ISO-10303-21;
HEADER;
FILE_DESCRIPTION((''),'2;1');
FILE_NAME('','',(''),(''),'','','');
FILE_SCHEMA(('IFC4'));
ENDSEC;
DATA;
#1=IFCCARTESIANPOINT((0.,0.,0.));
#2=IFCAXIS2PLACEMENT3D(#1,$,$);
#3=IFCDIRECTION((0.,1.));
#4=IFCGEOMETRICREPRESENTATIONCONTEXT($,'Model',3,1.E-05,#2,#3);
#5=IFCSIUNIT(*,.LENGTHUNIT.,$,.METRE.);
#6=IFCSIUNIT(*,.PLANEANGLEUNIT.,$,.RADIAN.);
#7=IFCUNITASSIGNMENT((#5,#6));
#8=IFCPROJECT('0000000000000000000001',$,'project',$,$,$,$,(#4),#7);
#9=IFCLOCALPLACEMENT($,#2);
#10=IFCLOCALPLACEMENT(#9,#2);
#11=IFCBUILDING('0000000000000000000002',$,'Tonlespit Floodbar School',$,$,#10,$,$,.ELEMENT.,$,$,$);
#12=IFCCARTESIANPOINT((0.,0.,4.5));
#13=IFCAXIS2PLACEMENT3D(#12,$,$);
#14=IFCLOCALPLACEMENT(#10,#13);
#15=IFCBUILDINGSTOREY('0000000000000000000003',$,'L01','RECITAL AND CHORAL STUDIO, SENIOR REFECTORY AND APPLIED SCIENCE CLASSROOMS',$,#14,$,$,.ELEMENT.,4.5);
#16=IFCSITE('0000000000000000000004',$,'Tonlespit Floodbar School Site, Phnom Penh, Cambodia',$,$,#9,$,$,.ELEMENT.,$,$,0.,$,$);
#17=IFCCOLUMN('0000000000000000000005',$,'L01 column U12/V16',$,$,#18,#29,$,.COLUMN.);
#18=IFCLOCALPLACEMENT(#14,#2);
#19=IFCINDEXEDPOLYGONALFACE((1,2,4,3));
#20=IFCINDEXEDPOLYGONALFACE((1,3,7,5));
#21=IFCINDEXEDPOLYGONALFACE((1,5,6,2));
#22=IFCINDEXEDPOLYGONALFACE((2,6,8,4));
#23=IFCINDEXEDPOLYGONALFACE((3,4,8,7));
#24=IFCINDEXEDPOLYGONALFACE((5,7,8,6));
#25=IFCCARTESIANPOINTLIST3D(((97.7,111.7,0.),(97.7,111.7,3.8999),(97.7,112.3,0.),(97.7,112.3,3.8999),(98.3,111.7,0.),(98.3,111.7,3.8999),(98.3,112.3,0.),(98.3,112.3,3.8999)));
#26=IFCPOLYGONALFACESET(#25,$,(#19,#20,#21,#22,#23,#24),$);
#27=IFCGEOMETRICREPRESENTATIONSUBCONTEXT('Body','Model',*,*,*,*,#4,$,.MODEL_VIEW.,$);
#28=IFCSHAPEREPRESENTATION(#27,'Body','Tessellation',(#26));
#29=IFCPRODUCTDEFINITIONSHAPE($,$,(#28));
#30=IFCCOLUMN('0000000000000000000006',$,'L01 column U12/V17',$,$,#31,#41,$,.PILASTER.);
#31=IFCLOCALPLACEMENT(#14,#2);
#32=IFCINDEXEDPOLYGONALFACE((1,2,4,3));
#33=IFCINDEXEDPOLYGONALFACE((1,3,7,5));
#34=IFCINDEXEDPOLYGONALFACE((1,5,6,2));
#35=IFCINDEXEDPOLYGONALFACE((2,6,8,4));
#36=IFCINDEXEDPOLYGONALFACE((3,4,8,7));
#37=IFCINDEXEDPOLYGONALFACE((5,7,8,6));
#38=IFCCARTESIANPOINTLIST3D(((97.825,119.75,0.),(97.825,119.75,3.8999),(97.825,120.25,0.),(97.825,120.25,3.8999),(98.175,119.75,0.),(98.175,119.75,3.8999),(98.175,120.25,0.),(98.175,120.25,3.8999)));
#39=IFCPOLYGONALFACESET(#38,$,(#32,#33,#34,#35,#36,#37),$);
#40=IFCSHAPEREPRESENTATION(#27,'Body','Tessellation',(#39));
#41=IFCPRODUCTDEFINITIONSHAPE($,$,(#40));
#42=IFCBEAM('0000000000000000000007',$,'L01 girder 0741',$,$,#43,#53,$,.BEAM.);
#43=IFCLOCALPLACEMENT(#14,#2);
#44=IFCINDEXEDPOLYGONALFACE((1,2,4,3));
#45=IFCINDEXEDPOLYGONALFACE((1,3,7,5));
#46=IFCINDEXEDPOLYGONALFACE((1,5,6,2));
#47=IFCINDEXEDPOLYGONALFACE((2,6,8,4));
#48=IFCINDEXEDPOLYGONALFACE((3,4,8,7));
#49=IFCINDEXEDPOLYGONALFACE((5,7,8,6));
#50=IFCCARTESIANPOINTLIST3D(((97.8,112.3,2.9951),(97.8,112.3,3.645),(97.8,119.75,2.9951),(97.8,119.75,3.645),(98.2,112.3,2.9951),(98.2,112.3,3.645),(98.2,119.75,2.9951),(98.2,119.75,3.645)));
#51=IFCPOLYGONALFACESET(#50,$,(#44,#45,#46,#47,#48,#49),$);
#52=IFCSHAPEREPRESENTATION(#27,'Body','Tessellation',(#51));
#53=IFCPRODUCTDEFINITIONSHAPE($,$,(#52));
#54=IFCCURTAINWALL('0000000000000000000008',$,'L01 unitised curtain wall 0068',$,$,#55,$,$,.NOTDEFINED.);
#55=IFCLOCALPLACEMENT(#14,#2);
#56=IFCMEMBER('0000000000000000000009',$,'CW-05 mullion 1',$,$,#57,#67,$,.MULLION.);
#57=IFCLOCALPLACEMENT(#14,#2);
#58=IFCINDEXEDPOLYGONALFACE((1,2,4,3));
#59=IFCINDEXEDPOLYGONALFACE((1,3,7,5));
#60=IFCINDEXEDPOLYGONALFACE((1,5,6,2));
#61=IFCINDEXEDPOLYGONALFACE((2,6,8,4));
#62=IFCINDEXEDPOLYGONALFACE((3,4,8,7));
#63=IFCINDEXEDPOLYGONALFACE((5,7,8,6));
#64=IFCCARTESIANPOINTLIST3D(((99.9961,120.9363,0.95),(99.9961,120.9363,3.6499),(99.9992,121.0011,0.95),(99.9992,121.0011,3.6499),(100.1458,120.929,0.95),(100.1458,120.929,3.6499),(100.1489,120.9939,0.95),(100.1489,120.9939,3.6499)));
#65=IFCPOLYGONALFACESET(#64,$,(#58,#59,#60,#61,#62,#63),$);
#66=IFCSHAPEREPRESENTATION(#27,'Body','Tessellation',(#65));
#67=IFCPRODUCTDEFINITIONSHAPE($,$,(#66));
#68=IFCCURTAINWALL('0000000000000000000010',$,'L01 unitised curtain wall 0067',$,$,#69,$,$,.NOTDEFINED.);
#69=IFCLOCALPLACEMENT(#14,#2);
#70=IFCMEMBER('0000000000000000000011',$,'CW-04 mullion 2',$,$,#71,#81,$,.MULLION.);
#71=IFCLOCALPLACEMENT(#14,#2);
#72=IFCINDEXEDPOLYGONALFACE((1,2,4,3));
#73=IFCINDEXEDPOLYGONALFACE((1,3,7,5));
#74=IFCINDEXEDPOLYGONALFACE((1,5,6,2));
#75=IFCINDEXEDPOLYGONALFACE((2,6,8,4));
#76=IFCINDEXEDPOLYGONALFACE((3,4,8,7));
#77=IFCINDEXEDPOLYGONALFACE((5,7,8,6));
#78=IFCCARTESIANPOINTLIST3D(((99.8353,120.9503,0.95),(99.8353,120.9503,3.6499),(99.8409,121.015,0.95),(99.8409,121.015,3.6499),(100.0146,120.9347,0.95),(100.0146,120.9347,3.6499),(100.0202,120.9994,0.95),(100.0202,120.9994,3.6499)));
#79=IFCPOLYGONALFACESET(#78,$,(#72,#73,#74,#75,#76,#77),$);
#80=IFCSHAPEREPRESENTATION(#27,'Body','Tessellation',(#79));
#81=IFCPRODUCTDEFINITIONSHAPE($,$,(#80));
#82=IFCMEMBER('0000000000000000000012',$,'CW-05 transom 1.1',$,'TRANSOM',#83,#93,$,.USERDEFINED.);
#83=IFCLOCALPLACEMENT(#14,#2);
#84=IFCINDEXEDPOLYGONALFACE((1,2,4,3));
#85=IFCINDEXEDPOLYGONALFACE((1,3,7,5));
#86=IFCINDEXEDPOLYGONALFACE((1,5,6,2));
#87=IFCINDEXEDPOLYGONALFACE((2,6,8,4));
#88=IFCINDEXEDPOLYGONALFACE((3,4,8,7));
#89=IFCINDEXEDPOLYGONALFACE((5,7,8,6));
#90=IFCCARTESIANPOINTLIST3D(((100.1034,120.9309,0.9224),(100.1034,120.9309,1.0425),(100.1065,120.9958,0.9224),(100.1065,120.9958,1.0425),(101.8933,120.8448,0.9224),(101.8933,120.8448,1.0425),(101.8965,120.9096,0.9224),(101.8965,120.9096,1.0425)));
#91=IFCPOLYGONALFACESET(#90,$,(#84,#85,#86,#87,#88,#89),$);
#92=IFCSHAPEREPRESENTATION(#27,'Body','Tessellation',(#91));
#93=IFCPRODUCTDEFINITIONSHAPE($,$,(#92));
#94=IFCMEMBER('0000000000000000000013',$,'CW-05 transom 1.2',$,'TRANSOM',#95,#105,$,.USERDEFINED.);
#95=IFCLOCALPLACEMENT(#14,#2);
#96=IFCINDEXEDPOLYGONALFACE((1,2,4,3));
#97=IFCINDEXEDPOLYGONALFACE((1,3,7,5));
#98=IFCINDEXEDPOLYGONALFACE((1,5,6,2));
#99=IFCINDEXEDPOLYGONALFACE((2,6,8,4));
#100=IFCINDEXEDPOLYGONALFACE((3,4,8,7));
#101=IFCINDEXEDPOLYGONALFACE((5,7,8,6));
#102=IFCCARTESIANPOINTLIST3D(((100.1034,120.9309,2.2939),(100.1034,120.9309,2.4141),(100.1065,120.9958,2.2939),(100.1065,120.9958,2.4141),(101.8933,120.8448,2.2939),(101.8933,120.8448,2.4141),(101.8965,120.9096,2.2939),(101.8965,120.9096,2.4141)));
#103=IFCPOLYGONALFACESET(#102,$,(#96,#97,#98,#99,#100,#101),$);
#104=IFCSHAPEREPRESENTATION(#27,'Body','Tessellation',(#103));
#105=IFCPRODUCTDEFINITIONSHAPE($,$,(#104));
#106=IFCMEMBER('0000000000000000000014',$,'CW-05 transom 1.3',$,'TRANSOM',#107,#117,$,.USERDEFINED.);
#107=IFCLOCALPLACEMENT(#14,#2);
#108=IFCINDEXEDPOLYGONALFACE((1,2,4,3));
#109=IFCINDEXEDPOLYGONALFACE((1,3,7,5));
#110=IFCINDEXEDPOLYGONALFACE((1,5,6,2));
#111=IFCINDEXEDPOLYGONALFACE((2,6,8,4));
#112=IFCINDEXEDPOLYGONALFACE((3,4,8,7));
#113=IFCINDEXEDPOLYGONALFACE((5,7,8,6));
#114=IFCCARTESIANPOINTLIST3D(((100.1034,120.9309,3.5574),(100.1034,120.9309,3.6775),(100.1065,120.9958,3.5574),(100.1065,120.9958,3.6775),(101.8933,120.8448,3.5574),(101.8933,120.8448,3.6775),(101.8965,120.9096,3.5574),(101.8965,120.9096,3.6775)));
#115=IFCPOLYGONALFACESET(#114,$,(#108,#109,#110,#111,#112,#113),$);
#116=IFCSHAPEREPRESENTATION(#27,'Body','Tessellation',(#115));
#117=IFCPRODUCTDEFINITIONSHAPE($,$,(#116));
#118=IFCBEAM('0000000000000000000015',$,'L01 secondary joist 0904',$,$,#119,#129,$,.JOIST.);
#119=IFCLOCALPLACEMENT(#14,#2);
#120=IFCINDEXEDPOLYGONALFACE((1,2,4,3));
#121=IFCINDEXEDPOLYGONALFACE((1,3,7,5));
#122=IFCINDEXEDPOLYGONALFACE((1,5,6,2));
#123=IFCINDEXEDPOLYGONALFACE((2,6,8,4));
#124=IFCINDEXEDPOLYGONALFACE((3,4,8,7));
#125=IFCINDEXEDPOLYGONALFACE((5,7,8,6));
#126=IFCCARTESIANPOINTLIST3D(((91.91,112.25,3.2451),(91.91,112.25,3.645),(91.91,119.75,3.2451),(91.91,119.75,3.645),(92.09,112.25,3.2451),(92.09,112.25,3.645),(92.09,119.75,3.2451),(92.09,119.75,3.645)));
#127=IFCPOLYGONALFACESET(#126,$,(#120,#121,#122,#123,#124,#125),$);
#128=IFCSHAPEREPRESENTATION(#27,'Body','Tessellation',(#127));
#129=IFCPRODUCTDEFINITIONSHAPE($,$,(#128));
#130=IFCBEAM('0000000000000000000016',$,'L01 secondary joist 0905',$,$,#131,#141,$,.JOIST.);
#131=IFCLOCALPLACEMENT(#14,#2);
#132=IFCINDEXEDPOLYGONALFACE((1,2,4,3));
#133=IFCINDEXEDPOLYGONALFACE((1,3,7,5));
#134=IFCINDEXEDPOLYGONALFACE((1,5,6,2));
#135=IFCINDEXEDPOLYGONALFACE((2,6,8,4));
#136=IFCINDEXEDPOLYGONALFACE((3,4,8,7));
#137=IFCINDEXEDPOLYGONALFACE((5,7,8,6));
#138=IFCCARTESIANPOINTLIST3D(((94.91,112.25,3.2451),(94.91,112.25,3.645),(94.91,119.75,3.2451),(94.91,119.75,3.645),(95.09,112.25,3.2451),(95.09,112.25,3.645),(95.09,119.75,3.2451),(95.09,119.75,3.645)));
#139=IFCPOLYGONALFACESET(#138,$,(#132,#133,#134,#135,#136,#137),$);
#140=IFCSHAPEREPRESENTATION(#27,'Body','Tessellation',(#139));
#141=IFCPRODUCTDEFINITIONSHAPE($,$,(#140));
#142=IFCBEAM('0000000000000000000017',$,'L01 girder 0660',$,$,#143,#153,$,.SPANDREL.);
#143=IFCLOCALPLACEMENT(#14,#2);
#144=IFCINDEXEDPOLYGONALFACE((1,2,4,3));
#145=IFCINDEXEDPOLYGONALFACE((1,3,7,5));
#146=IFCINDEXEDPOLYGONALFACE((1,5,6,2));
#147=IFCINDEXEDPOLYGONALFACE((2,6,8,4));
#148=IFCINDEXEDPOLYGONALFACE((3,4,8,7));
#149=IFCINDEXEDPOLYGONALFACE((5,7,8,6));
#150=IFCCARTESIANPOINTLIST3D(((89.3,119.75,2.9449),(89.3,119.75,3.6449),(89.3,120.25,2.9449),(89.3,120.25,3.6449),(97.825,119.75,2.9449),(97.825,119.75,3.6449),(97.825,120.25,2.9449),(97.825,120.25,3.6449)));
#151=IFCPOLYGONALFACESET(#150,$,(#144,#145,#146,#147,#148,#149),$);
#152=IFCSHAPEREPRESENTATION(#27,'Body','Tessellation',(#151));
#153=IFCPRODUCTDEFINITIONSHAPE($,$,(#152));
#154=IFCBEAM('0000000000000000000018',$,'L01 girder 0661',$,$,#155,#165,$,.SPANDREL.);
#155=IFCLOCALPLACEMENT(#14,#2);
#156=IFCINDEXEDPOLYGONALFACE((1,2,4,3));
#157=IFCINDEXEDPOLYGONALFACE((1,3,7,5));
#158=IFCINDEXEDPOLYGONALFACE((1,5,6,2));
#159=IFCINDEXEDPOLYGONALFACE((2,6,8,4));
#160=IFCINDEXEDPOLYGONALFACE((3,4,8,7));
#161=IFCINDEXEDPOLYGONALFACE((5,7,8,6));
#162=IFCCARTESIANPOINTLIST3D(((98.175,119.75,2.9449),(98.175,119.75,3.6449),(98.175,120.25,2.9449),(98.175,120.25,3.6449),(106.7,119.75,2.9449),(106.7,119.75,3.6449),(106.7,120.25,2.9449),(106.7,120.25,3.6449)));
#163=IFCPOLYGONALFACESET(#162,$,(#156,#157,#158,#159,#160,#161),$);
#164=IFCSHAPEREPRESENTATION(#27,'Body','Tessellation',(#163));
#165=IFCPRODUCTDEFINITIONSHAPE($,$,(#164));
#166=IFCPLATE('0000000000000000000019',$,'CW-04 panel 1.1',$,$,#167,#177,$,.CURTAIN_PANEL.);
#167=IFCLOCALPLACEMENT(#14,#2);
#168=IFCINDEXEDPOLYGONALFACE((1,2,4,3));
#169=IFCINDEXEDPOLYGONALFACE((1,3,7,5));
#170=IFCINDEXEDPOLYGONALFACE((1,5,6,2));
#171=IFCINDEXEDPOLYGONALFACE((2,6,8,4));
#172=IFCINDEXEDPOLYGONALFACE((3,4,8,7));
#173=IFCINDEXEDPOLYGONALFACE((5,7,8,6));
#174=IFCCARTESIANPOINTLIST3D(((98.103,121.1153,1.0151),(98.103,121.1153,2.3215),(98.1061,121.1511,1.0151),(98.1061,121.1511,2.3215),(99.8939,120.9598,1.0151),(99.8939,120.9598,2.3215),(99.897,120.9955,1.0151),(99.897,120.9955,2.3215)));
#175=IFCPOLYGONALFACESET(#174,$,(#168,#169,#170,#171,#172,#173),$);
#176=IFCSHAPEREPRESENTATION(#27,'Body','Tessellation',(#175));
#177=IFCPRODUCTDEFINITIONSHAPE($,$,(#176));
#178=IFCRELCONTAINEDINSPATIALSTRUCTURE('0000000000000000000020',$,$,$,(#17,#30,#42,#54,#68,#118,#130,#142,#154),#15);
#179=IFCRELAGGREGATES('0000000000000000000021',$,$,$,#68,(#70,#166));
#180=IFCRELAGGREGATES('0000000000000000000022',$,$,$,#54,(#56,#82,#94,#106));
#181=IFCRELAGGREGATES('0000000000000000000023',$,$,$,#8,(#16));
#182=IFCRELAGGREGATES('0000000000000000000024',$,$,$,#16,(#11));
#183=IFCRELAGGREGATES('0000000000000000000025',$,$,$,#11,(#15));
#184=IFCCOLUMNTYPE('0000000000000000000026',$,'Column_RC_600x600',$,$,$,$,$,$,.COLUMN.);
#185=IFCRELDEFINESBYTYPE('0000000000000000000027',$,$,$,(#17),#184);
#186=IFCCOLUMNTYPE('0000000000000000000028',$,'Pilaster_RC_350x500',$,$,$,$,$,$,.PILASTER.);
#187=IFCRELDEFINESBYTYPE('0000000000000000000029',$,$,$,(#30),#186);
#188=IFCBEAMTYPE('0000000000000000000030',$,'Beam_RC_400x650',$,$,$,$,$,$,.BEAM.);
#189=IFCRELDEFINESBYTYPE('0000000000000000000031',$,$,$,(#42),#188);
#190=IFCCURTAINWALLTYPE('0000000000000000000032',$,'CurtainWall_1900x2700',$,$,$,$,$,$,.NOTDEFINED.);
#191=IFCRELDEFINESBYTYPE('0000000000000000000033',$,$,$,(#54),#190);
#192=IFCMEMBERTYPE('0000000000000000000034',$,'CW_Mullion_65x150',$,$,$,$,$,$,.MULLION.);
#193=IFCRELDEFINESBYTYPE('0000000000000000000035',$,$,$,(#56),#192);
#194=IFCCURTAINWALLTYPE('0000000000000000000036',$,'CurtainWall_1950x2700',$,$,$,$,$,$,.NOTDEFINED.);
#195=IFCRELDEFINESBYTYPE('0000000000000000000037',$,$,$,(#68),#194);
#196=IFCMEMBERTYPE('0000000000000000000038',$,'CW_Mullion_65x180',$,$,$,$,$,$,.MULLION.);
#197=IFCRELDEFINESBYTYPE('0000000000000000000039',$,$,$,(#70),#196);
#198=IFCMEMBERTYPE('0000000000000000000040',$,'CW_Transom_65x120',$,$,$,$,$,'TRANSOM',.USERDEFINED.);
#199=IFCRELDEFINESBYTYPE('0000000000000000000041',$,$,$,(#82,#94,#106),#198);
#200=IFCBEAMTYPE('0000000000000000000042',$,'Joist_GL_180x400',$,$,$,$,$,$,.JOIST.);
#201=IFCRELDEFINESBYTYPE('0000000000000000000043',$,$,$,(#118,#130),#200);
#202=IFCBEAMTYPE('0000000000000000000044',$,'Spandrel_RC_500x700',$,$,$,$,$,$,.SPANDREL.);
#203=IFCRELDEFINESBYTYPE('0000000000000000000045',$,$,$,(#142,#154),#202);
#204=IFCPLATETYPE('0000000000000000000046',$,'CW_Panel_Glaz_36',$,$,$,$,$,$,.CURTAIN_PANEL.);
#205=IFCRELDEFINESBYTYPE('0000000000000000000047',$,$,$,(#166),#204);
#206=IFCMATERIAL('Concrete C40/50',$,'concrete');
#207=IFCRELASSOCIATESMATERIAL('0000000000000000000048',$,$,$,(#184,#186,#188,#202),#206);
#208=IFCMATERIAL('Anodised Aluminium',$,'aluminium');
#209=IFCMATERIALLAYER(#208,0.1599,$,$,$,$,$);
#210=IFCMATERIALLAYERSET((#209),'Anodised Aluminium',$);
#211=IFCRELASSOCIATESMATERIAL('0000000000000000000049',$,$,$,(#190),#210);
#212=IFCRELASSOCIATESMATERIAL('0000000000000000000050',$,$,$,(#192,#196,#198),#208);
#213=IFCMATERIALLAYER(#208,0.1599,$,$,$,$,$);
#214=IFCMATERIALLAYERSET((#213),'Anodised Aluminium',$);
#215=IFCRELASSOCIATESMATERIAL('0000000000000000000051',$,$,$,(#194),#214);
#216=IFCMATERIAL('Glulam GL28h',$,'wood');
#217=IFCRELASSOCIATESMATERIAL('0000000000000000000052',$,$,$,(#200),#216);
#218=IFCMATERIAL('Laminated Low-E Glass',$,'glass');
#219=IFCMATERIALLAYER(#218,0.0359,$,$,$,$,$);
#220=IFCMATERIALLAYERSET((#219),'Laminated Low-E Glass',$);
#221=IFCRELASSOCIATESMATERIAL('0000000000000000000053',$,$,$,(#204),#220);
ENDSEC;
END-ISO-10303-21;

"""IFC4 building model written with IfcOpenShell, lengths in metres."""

from ifc_helpers import new_model, si_unit, direction, frame, origin, origin_2d, place, context, subcontext, project, spatial, rectangle, extrude, material, layer, layer_set, material_profile, profile_set, type_object, element, aggregate, save


model = new_model("IFC4")

# Units and contexts
model_context = context("Model", 3, precision=1e-05, world=origin(), true_north=direction((0.0, 1.0)))
body_context = subcontext(model_context, "Body", "Model", "MODEL_VIEW")
ifc_project = project(units=[si_unit("LENGTHUNIT", "METRE"), si_unit("PLANEANGLEUNIT", "RADIAN")], contexts=[model_context])

# Site, building, storey
site_placement = place(None, origin())
site = spatial("IfcSite", under=ifc_project, at=site_placement, Name="Tonlespit Floodbar School Site, Phnom Penh, Cambodia", CompositionType="ELEMENT", RefElevation=0.0)
building_placement = place(site_placement, origin())
building = spatial("IfcBuilding", under=site, at=building_placement, Name="Tonlespit Floodbar School", CompositionType="ELEMENT")
storey_placement = place(building_placement, frame((0.0, 0.0, 4.5)))
storey = spatial("IfcBuildingStorey", under=building, at=storey_placement, Name="L01", Description="RECITAL AND CHORAL STUDIO, SENIOR REFECTORY AND APPLIED SCIENCE CLASSROOMS", CompositionType="ELEMENT", Elevation=4.5)

# Columns
ifc_material_1 = material(Name="Concrete C40/50", Category="concrete")
ifc_material_profile_1 = material_profile(ifc_material_1, rectangle(XDim=0.6001, YDim=0.6001, at=origin_2d()), Name="RC 600x600")
ifc_profile_set_1 = profile_set([ifc_material_profile_1], Name="Concrete C40/50")
column_type_1 = type_object("IfcColumnType", Name="Column_RC_600x600", PredefinedType="COLUMN", material=ifc_profile_set_1)
column_1_placement = place(storey_placement, frame((98.0, 112.0, 0.0), z_axis=(0.0, 0.0, 1.0), x_axis=(1.0, 0.0, 0.0)))
element("IfcColumn", 1, at=column_1_placement, inside=storey, type_object=column_type_1, Name="L01 column U12/V16", PredefinedType="COLUMN", context=body_context, shape_type="SweptSolid", body=[
    extrude(rectangle(XDim=0.6001, YDim=0.6001, at=origin_2d()), origin(), (0.0, 0.0, 1.0), 3.8999),
])
ifc_material_profile_2 = material_profile(ifc_material_1, rectangle(XDim=0.3501, YDim=0.5, at=origin_2d()), Name="RC 350x500")
ifc_profile_set_2 = profile_set([ifc_material_profile_2], Name="Concrete C40/50")
column_type_2 = type_object("IfcColumnType", Name="Pilaster_RC_350x500", PredefinedType="PILASTER", material=ifc_profile_set_2)
column_2_placement = place(storey_placement, frame((98.0, 120.0, 0.0), z_axis=(0.0, 0.0, 1.0), x_axis=(1.0, 0.0, 0.0)))
element("IfcColumn", 2, at=column_2_placement, inside=storey, type_object=column_type_2, Name="L01 column U12/V17", PredefinedType="PILASTER", context=body_context, shape_type="SweptSolid", body=[
    extrude(rectangle(XDim=0.3501, YDim=0.5, at=origin_2d()), origin(), (0.0, 0.0, 1.0), 3.8999),
])

# Beam
ifc_material_profile_3 = material_profile(ifc_material_1, rectangle(XDim=0.3999, YDim=0.6499, at=origin_2d()), Name="RC 400x650")
ifc_profile_set_3 = profile_set([ifc_material_profile_3], Name="Concrete C40/50")
beam_type_1 = type_object("IfcBeamType", Name="Beam_RC_400x650", PredefinedType="BEAM", material=ifc_profile_set_3)
beam_placement = place(storey_placement, frame((98.0, 112.3, 3.3201), z_axis=(0.0, 1.0, 0.0), x_axis=(-1.0, 0.0, 0.0)))
element("IfcBeam", 3, at=beam_placement, inside=storey, type_object=beam_type_1, Name="L01 girder 0741", PredefinedType="BEAM", context=body_context, shape_type="SweptSolid", body=[
    extrude(rectangle(XDim=0.3999, YDim=0.6499, at=origin_2d()), origin(), (0.0, 0.0, 1.0), 7.45),
])

# Curtain walls, members
ifc_material_2 = material(Name="Anodised Aluminium", Category="aluminium")
ifc_layer_1 = layer(ifc_material_2, 0.1599)
ifc_layer_set_1 = layer_set([ifc_layer_1], Name="Anodised Aluminium")
curtain_wall_type_1 = type_object("IfcCurtainWallType", Name="CurtainWall_1900x2700", PredefinedType="NOTDEFINED", material=ifc_layer_set_1)
curtain_wall_1_placement = place(storey_placement, origin())
curtain_wall_1 = element("IfcCurtainWall", 4, at=curtain_wall_1_placement, inside=storey, type_object=curtain_wall_type_1, Name="L01 unitised curtain wall 0068", PredefinedType="NOTDEFINED")
ifc_material_profile_4 = material_profile(ifc_material_2, rectangle(XDim=0.0649, YDim=0.1499, at=origin_2d()), Name="ALU M65x150")
ifc_profile_set_4 = profile_set([ifc_material_profile_4], Name="Anodised Aluminium")
member_type_1 = type_object("IfcMemberType", Name="CW_Mullion_65x150", PredefinedType="MULLION", material=ifc_profile_set_4)
member_1_placement = place(storey_placement, frame((100.0725, 120.9651, 0.95), z_axis=(0.0, 0.0, 1.0), x_axis=(0.048121, 0.998842, 0.0)))
member_1 = element("IfcMember", 5, at=member_1_placement, type_object=member_type_1, Name="CW-05 mullion 1", PredefinedType="MULLION", context=body_context, shape_type="SweptSolid", body=[
    extrude(rectangle(XDim=0.0649, YDim=0.1499, at=origin_2d()), origin(), (0.0, 0.0, 1.0), 2.7),
])
ifc_layer_2 = layer(ifc_material_2, 0.1599)
ifc_layer_set_2 = layer_set([ifc_layer_2], Name="Anodised Aluminium")
curtain_wall_type_2 = type_object("IfcCurtainWallType", Name="CurtainWall_1950x2700", PredefinedType="NOTDEFINED", material=ifc_layer_set_2)
curtain_wall_2_placement = place(storey_placement, origin())
curtain_wall_2 = element("IfcCurtainWall", 6, at=curtain_wall_2_placement, inside=storey, type_object=curtain_wall_type_2, Name="L01 unitised curtain wall 0067", PredefinedType="NOTDEFINED")
ifc_material_profile_5 = material_profile(ifc_material_2, rectangle(XDim=0.0649, YDim=0.1799, at=origin_2d()), Name="ALU M65x180")
ifc_profile_set_5 = profile_set([ifc_material_profile_5], Name="Anodised Aluminium")
member_type_2 = type_object("IfcMemberType", Name="CW_Mullion_65x180", PredefinedType="MULLION", material=ifc_profile_set_5)
member_2_placement = place(storey_placement, frame((99.9277, 120.9749, 0.95), z_axis=(0.0, 0.0, 1.0), x_axis=(0.086531, 0.996249, 0.0)))
member_2 = element("IfcMember", 7, at=member_2_placement, type_object=member_type_2, Name="CW-04 mullion 2", PredefinedType="MULLION", context=body_context, shape_type="SweptSolid", body=[
    extrude(rectangle(XDim=0.0649, YDim=0.1799, at=origin_2d()), origin(), (0.0, 0.0, 1.0), 2.7),
])

# Members
ifc_material_profile_6 = material_profile(ifc_material_2, rectangle(XDim=0.0649, YDim=0.1201, at=origin_2d()), Name="ALU T65x120")
ifc_profile_set_6 = profile_set([ifc_material_profile_6], Name="Anodised Aluminium")
member_type_3 = type_object("IfcMemberType", Name="CW_Transom_65x120", ElementType="TRANSOM", PredefinedType="USERDEFINED", material=ifc_profile_set_6)
member_3_placement = place(storey_placement, frame((100.105, 120.9634, 0.9824), z_axis=(0.998843, -0.048089, 0.0), x_axis=(0.048089, 0.998843, 0.0)))
member_3 = element("IfcMember", 8, at=member_3_placement, type_object=member_type_3, Name="CW-05 transom 1.1", ObjectType="TRANSOM", PredefinedType="USERDEFINED", context=body_context, shape_type="SweptSolid", body=[
    extrude(rectangle(XDim=0.0649, YDim=0.1201, at=origin_2d()), origin(), (0.0, 0.0, 1.0), 1.792),
])
member_4_placement = place(storey_placement, frame((100.105, 120.9634, 2.354), z_axis=(0.998843, -0.048089, 0.0), x_axis=(0.048089, 0.998843, 0.0)))
member_4 = element("IfcMember", 9, at=member_4_placement, type_object=member_type_3, Name="CW-05 transom 1.2", ObjectType="TRANSOM", PredefinedType="USERDEFINED", context=body_context, shape_type="SweptSolid", body=[
    extrude(rectangle(XDim=0.0649, YDim=0.1201, at=origin_2d()), origin(), (0.0, 0.0, 1.0), 1.792),
])
member_5_placement = place(storey_placement, frame((100.105, 120.9634, 3.6174), z_axis=(0.998843, -0.048089, 0.0), x_axis=(0.048089, 0.998843, 0.0)))
member_5 = element("IfcMember", 10, at=member_5_placement, type_object=member_type_3, Name="CW-05 transom 1.3", ObjectType="TRANSOM", PredefinedType="USERDEFINED", context=body_context, shape_type="SweptSolid", body=[
    extrude(rectangle(XDim=0.0649, YDim=0.1201, at=origin_2d()), origin(), (0.0, 0.0, 1.0), 1.792),
])

# Beams
ifc_material_3 = material(Name="Glulam GL28h", Category="wood")
ifc_material_profile_7 = material_profile(ifc_material_3, rectangle(XDim=0.1799, YDim=0.3999, at=origin_2d()), Name="GL 180x400")
ifc_profile_set_7 = profile_set([ifc_material_profile_7], Name="Glulam GL28h")
beam_type_2 = type_object("IfcBeamType", Name="Joist_GL_180x400", PredefinedType="JOIST", material=ifc_profile_set_7)
for number, where, z_axis, x_axis, name in (
    (11, (92.0, 112.25, 3.4451), (0.0, 1.0, 0.0), (-1.0, 0.0, 0.0), "L01 secondary joist 0904"),
    (12, (95.0, 112.25, 3.4451), (0.0, 1.0, 0.0), (-1.0, 0.0, 0.0), "L01 secondary joist 0905"),
):
    element("IfcBeam", number, at=place(storey_placement, frame(where, z_axis=z_axis, x_axis=x_axis)), inside=storey, type_object=beam_type_2, Name=name, PredefinedType="JOIST", context=body_context, shape_type="SweptSolid", body=[
        extrude(rectangle(XDim=0.1799, YDim=0.3999, at=origin_2d()), origin(), (0.0, 0.0, 1.0), 7.5),
    ])
ifc_material_profile_8 = material_profile(ifc_material_1, rectangle(XDim=0.5, YDim=0.7, at=origin_2d()), Name="RC 500x700")
ifc_profile_set_8 = profile_set([ifc_material_profile_8], Name="Concrete C40/50")
beam_type_3 = type_object("IfcBeamType", Name="Spandrel_RC_500x700", PredefinedType="SPANDREL", material=ifc_profile_set_8)
for number, where, z_axis, x_axis, name in (
    (13, (89.3, 120.0, 3.2949), (1.0, 0.0, 0.0), (0.0, 1.0, 0.0), "L01 girder 0660"),
    (14, (98.175, 120.0, 3.2949), (1.0, 0.0, 0.0), (0.0, 1.0, 0.0), "L01 girder 0661"),
):
    element("IfcBeam", number, at=place(storey_placement, frame(where, z_axis=z_axis, x_axis=x_axis)), inside=storey, type_object=beam_type_3, Name=name, PredefinedType="SPANDREL", context=body_context, shape_type="SweptSolid", body=[
        extrude(rectangle(XDim=0.5, YDim=0.7, at=origin_2d()), origin(), (0.0, 0.0, 1.0), 8.5249),
    ])

# Plate
ifc_material_4 = material(Name="Laminated Low-E Glass", Category="glass")
ifc_layer_3 = layer(ifc_material_4, 0.0359)
ifc_layer_set_3 = layer_set([ifc_layer_3], Name="Laminated Low-E Glass")
plate_type_1 = type_object("IfcPlateType", Name="CW_Panel_Glaz_36", PredefinedType="CURTAIN_PANEL", material=ifc_layer_set_3)
plate_1_placement = place(storey_placement, frame((99.0, 121.0554, 1.0151), z_axis=(0.0, 0.0, 1.0), x_axis=(0.996249, -0.086531, 0.0)))
plate_1 = element("IfcPlate", 15, at=plate_1_placement, type_object=plate_type_1, Name="CW-04 panel 1.1", PredefinedType="CURTAIN_PANEL", context=body_context, shape_type="SweptSolid", body=[
    extrude(rectangle(XDim=1.7976, YDim=0.0359, at=origin_2d()), origin(), (0.0, 0.0, 1.0), 1.3064),
])
aggregate(curtain_wall_2, [member_2, plate_1])
aggregate(curtain_wall_1, [member_1, member_3, member_4, member_5])

save(model, "model.ifc")
